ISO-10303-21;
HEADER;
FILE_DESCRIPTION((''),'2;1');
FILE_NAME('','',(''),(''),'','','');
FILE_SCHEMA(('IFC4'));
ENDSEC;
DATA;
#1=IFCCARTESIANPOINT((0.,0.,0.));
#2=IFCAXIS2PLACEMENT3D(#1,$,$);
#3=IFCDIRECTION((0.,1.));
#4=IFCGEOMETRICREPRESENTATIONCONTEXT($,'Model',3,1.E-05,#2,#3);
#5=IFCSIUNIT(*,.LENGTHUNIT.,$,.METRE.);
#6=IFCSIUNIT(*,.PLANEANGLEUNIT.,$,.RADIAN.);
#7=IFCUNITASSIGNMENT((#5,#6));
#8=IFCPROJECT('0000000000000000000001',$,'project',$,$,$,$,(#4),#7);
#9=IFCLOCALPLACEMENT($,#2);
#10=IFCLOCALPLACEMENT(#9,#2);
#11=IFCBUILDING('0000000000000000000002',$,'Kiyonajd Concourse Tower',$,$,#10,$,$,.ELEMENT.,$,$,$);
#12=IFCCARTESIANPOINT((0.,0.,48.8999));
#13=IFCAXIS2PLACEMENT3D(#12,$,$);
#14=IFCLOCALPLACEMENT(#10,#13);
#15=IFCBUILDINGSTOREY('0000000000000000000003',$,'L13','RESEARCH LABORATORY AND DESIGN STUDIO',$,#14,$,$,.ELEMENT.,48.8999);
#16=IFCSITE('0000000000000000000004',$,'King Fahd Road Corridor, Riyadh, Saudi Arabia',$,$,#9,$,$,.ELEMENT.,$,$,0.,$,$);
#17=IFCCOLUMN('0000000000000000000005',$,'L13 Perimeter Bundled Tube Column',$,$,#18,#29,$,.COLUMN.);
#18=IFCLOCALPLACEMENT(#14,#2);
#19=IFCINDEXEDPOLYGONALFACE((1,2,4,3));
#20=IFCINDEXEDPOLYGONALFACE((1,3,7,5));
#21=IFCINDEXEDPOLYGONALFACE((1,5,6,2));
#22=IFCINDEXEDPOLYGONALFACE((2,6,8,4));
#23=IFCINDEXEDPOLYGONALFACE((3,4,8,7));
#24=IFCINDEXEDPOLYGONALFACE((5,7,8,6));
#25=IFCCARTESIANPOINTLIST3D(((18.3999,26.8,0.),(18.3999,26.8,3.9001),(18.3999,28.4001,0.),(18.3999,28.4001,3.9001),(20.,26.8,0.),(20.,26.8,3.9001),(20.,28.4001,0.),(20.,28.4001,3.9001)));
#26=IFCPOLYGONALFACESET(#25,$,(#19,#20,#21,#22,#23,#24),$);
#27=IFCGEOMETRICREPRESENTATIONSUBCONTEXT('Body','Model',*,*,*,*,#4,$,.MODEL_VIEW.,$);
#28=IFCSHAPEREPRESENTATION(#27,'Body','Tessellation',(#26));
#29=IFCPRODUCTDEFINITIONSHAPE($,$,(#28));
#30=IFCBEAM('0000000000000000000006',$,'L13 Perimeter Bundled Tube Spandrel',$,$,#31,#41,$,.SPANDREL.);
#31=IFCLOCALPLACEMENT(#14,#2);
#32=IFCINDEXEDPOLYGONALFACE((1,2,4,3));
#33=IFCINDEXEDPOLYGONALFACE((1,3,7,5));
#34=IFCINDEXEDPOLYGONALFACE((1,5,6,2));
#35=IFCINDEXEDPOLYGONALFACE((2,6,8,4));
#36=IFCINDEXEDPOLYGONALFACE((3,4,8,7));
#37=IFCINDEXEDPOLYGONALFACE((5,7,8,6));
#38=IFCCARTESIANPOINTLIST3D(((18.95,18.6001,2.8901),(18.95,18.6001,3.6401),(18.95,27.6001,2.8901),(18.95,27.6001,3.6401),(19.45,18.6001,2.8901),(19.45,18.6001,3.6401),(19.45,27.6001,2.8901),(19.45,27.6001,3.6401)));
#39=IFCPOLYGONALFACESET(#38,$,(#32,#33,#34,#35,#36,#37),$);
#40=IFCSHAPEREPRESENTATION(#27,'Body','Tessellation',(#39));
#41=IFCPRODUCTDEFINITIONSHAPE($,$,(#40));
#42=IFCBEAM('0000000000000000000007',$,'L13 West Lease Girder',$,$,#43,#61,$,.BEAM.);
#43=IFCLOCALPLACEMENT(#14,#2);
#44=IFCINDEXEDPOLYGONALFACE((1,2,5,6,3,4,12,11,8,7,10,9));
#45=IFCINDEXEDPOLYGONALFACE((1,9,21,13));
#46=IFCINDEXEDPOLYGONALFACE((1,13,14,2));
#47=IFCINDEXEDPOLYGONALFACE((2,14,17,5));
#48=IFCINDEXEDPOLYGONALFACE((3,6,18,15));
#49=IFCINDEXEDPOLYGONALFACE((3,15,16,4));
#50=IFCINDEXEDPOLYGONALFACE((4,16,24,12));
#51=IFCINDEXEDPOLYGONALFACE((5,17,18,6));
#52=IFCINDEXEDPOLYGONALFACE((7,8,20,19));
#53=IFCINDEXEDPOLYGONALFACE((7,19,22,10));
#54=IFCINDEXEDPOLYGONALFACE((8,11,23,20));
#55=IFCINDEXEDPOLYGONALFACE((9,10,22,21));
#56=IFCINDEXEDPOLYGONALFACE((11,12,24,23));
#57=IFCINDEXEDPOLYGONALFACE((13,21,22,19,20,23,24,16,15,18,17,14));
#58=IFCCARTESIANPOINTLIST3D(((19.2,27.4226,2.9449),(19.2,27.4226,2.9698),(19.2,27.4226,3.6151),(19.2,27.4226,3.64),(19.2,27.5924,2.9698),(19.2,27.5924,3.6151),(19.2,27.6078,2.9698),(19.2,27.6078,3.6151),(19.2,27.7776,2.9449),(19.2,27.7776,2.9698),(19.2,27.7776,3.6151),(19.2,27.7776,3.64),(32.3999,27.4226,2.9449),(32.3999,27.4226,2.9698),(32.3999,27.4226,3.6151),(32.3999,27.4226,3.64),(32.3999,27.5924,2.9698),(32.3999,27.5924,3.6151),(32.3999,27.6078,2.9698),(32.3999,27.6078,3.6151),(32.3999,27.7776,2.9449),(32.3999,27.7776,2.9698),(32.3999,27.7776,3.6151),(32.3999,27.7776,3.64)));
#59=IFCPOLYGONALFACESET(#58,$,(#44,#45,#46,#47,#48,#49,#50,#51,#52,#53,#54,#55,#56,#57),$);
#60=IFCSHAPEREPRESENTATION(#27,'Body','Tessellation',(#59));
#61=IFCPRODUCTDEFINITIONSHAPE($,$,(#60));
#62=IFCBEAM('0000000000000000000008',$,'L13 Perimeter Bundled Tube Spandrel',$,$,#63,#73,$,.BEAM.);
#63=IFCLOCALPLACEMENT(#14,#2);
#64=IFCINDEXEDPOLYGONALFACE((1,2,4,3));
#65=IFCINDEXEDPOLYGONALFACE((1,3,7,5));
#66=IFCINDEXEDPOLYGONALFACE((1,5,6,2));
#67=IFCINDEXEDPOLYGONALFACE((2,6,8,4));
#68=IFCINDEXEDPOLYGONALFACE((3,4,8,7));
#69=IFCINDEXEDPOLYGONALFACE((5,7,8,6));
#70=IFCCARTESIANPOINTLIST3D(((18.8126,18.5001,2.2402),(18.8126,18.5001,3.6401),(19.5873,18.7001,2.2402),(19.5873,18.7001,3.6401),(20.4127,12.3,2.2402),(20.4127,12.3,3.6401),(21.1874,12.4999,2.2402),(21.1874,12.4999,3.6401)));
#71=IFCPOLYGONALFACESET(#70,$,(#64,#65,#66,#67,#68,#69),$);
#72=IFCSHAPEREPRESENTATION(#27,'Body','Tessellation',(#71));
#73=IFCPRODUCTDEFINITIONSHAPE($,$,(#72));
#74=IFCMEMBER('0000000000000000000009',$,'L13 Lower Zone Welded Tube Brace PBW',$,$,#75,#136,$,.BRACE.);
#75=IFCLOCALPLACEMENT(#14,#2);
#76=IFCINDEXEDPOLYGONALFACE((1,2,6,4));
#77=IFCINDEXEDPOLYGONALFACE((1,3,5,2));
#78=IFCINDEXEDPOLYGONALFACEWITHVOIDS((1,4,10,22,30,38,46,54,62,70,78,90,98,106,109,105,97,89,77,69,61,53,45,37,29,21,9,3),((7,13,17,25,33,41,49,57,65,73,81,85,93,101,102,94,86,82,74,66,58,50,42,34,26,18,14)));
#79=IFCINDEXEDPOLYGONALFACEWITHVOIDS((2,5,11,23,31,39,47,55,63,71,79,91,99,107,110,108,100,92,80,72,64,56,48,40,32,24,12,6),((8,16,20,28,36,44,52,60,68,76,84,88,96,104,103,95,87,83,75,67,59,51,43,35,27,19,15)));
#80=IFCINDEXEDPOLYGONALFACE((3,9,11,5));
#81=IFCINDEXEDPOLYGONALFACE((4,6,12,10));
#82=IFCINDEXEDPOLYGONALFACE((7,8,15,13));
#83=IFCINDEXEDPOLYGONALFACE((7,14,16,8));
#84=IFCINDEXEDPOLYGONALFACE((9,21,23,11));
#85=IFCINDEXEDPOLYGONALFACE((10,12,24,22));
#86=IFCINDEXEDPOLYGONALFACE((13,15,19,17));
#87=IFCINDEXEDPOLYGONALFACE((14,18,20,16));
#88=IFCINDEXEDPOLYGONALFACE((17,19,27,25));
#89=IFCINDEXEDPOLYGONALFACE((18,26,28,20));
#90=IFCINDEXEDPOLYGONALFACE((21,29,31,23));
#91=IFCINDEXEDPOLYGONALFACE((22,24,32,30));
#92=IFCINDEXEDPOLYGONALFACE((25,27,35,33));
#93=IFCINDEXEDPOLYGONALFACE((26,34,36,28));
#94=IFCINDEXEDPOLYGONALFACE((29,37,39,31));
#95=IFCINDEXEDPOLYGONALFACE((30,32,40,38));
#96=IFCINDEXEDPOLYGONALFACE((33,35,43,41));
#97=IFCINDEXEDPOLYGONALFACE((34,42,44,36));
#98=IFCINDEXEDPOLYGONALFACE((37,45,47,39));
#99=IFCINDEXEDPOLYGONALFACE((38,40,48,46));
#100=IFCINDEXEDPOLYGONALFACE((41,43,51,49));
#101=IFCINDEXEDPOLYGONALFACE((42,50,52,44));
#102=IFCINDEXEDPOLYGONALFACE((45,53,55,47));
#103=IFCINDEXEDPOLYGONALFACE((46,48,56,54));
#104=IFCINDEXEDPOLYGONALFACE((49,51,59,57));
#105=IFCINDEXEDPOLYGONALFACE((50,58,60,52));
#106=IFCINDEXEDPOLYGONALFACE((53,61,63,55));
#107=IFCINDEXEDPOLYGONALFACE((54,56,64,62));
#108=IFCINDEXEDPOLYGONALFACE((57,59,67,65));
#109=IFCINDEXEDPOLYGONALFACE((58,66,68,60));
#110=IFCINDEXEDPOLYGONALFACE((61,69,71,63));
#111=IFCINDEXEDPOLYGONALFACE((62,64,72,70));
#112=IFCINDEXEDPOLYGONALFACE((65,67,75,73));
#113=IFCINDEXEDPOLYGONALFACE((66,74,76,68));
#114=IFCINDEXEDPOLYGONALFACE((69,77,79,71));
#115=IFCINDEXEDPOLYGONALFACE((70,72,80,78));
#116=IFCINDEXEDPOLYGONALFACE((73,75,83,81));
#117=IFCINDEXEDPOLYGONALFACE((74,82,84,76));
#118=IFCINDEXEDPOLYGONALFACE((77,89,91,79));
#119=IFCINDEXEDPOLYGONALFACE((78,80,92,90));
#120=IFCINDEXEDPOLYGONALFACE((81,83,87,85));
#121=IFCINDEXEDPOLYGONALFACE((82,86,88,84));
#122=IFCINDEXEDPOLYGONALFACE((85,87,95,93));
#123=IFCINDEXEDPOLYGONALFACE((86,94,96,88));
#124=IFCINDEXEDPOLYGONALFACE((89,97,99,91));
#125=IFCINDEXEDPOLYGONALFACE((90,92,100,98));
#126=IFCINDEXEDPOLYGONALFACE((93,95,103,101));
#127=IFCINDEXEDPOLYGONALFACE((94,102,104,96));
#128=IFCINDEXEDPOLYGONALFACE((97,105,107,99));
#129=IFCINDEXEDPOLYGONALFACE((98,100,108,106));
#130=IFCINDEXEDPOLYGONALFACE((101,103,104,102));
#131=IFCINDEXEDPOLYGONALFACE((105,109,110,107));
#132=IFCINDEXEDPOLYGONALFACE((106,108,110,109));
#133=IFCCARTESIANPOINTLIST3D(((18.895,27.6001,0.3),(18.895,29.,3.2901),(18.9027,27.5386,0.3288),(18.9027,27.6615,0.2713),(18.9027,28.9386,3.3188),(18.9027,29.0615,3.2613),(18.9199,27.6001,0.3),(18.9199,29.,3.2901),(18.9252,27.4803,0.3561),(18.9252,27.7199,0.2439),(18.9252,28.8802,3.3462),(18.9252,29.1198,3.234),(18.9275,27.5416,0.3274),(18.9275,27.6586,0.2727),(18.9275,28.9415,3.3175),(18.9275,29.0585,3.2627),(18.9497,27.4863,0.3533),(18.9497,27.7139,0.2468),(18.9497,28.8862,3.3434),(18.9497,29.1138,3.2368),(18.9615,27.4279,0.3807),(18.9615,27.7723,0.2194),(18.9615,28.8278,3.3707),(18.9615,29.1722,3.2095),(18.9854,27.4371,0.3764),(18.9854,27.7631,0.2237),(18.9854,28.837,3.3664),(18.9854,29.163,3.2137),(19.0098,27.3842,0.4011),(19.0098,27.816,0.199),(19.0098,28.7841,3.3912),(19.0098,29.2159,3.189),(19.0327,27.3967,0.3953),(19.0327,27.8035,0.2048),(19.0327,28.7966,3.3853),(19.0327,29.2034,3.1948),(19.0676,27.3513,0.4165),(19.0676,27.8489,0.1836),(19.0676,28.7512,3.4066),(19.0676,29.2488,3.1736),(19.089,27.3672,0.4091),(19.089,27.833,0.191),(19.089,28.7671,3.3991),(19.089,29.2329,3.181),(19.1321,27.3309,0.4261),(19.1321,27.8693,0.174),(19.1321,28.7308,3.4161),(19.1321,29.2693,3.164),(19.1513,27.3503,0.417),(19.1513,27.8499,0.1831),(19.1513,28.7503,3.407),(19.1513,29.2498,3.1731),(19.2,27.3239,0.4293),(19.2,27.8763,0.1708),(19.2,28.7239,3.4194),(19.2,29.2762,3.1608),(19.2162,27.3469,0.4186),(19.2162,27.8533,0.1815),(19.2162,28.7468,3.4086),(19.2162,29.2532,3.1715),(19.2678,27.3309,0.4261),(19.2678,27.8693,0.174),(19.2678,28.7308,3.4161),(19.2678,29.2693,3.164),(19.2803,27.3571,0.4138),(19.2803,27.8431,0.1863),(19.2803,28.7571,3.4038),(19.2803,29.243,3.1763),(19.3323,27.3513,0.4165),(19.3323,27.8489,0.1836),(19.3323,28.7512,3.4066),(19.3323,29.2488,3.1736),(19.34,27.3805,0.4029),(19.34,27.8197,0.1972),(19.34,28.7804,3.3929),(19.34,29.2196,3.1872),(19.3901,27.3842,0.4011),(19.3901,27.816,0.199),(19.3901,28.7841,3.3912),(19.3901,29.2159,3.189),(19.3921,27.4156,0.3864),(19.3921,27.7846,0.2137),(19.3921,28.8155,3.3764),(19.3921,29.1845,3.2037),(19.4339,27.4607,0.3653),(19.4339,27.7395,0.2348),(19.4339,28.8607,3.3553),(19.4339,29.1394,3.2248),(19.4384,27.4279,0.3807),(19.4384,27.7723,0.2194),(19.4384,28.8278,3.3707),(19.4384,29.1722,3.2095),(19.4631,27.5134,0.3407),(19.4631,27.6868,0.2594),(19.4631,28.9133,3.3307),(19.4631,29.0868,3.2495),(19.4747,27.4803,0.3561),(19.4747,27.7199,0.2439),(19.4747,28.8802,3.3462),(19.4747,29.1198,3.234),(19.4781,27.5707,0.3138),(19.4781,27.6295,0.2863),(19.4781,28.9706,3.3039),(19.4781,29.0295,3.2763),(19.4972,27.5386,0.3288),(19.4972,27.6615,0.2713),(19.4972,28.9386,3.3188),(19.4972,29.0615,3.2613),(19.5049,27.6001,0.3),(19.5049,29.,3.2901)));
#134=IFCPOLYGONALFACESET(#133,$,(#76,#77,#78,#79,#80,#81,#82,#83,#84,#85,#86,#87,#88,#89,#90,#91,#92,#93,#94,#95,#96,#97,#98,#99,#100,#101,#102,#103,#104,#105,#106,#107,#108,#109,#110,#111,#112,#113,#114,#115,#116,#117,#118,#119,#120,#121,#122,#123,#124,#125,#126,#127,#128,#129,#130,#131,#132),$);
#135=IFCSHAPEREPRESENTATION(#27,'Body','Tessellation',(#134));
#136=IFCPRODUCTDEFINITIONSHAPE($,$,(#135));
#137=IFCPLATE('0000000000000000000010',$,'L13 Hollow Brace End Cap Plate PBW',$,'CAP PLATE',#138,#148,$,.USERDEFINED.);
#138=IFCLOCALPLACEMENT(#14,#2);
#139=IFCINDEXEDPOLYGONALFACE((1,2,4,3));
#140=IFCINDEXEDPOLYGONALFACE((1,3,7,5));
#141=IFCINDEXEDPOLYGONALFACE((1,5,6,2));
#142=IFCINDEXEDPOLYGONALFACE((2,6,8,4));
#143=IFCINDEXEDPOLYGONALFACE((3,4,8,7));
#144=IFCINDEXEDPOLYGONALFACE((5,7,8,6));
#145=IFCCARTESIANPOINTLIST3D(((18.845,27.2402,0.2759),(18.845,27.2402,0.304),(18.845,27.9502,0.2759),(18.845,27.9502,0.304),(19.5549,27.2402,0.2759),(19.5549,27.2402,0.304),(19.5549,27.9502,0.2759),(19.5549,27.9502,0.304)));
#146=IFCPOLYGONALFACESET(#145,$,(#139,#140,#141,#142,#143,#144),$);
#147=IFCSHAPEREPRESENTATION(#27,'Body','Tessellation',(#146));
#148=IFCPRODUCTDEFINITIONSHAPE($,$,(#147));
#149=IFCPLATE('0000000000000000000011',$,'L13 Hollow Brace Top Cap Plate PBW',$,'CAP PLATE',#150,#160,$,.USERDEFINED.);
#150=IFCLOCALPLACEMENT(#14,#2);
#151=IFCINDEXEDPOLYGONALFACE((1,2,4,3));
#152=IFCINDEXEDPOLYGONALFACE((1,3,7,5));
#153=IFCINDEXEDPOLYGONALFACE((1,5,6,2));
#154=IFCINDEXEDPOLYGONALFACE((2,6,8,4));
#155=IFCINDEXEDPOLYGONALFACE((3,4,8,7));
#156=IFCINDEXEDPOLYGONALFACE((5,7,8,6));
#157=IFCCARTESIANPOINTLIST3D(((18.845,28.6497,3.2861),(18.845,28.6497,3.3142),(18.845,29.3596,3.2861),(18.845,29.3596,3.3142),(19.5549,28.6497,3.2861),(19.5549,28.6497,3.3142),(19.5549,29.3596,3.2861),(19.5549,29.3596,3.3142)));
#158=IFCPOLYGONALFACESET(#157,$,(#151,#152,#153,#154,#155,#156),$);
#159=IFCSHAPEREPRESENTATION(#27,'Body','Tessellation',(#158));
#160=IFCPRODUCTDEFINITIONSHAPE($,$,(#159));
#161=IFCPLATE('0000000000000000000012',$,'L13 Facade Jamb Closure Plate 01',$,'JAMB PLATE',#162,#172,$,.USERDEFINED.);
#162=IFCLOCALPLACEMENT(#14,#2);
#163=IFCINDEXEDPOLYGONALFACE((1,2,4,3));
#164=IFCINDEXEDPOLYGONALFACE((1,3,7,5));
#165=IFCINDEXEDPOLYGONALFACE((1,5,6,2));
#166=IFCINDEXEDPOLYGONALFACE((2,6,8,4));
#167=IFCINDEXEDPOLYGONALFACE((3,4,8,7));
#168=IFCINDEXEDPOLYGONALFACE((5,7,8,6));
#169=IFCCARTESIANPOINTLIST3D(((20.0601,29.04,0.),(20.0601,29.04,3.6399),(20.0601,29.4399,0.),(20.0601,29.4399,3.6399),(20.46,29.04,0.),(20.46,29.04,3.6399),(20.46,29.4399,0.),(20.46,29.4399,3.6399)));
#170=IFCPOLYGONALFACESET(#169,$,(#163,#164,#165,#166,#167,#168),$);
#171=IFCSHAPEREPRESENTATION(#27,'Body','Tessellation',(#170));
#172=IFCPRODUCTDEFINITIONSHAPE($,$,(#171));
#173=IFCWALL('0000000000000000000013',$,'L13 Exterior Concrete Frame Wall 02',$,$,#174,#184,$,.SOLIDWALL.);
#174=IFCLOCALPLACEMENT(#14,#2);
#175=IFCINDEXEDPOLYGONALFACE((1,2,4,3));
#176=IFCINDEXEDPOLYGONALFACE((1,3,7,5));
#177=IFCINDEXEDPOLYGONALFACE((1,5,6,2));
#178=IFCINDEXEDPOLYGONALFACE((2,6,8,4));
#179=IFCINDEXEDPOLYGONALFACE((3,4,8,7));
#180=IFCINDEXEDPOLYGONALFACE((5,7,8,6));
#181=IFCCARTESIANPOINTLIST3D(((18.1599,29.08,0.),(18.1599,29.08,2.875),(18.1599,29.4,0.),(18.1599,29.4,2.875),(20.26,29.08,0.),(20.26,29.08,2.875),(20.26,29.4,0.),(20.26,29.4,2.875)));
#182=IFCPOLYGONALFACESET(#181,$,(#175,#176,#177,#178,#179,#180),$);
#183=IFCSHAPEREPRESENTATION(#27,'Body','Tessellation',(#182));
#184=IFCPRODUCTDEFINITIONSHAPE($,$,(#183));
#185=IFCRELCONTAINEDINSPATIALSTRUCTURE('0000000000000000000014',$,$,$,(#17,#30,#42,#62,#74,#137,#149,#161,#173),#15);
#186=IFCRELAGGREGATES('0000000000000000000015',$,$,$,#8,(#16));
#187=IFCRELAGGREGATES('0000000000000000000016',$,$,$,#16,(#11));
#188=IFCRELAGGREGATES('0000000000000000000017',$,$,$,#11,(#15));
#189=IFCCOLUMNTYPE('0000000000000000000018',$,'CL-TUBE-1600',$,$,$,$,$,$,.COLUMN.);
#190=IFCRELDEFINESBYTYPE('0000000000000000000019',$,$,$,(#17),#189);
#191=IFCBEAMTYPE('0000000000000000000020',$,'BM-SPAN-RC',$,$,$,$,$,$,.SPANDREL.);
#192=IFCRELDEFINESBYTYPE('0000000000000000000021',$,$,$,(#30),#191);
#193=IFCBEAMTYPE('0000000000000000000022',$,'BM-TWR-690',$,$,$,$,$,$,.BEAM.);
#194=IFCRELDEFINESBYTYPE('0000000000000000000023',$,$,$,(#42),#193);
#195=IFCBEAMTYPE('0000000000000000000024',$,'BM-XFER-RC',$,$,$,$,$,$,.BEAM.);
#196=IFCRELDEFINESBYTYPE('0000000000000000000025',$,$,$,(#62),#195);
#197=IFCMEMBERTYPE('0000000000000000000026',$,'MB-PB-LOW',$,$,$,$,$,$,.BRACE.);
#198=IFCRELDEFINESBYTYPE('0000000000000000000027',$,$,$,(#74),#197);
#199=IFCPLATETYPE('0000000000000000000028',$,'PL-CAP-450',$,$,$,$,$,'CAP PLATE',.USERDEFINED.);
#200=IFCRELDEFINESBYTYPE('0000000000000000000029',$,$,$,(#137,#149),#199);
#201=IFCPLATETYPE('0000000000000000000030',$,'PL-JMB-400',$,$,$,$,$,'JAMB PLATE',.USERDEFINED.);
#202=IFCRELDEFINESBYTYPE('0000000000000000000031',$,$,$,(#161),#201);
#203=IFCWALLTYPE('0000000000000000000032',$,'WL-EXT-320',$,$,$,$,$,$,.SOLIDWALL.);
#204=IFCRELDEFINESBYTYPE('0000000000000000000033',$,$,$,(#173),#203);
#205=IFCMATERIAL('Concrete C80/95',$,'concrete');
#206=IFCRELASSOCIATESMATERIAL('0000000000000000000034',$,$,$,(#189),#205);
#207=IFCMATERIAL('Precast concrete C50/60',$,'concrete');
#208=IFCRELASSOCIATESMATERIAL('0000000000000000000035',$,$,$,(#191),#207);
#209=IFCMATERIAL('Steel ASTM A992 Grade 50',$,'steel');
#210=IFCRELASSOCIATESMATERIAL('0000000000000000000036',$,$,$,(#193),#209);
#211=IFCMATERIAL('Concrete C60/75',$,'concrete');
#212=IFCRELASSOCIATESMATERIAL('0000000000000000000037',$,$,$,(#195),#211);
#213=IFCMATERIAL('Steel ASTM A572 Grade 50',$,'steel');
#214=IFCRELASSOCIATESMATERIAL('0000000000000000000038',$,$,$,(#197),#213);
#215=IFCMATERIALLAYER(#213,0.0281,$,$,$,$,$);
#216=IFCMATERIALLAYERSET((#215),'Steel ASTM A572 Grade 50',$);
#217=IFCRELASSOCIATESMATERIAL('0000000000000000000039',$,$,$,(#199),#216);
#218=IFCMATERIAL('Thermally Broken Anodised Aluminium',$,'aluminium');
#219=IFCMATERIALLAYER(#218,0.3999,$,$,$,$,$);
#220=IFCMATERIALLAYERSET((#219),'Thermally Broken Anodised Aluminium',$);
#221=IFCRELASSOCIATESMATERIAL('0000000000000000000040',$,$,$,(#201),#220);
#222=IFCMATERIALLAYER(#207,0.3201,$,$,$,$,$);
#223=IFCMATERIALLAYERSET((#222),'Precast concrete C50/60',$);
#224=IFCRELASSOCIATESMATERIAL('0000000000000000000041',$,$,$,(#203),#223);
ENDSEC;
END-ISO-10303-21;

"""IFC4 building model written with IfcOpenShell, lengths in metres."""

from ifc_helpers import new_model, si_unit, direction, frame, frame_2d, origin, origin_2d, place, context, subcontext, project, spatial, rectangle, hollow_circle, i_section, extrude, material, layer, layer_set, material_profile, profile_set, type_object, element, save


model = new_model("IFC4")

# Units and contexts
model_context = context("Model", 3, precision=1e-05, world=origin(), true_north=direction((0.0, 1.0)))
body_context = subcontext(model_context, "Body", "Model", "MODEL_VIEW")
ifc_project = project(units=[si_unit("LENGTHUNIT", "METRE"), si_unit("PLANEANGLEUNIT", "RADIAN")], contexts=[model_context])

# Site, building, storey
site_placement = place(None, origin())
site = spatial("IfcSite", under=ifc_project, at=site_placement, Name="King Fahd Road Corridor, Riyadh, Saudi Arabia", CompositionType="ELEMENT", RefElevation=0.0)
building_placement = place(site_placement, origin())
building = spatial("IfcBuilding", under=site, at=building_placement, Name="Kiyonajd Concourse Tower", CompositionType="ELEMENT")
storey_placement = place(building_placement, frame((0.0, 0.0, 48.8999)))
storey = spatial("IfcBuildingStorey", under=building, at=storey_placement, Name="L13", Description="RESEARCH LABORATORY AND DESIGN STUDIO", CompositionType="ELEMENT", Elevation=48.8999)

# Column
ifc_material_1 = material(Name="Concrete C80/95", Category="concrete")
ifc_material_profile_1 = material_profile(ifc_material_1, rectangle(XDim=1.6001, YDim=1.6001, at=origin_2d()), Name="RC-1600x1600")
ifc_profile_set_1 = profile_set([ifc_material_profile_1], Name="Concrete C80/95")
column_type = type_object("IfcColumnType", Name="CL-TUBE-1600", PredefinedType="COLUMN", material=ifc_profile_set_1)
column_placement = place(storey_placement, frame((19.2, 27.6001, 0.0), z_axis=(0.0, 0.0, 1.0), x_axis=(1.0, 0.0, 0.0)))
element("IfcColumn", 1, at=column_placement, inside=storey, type_object=column_type, Name="L13 Perimeter Bundled Tube Column", PredefinedType="COLUMN", context=body_context, shape_type="SweptSolid", body=[
    extrude(rectangle(XDim=1.6001, YDim=1.6001, at=origin_2d()), origin(), (0.0, 0.0, 1.0), 3.9001),
])

# Beams
ifc_material_2 = material(Name="Precast concrete C50/60", Category="concrete")
ifc_material_profile_2 = material_profile(ifc_material_2, rectangle(XDim=0.5, YDim=0.75, at=origin_2d()), Name="RCBM-500x750")
ifc_profile_set_2 = profile_set([ifc_material_profile_2], Name="Precast concrete C50/60")
beam_type_1 = type_object("IfcBeamType", Name="BM-SPAN-RC", PredefinedType="SPANDREL", material=ifc_profile_set_2)
beam_1_placement = place(storey_placement, frame((19.2, 27.6001, 3.2651), z_axis=(0.0, -1.0, 0.0), x_axis=(1.0, 0.0, 0.0)))
element("IfcBeam", 2, at=beam_1_placement, inside=storey, type_object=beam_type_1, Name="L13 Perimeter Bundled Tube Spandrel", PredefinedType="SPANDREL", context=body_context, shape_type="SweptSolid", body=[
    extrude(rectangle(XDim=0.5, YDim=0.75, at=origin_2d()), origin(), (0.0, 0.0, 1.0), 9.0),
])
ifc_material_3 = material(Name="Steel ASTM A992 Grade 50", Category="steel")
ifc_material_profile_3 = material_profile(ifc_material_3, i_section(OverallWidth=0.355, OverallDepth=0.6951, WebThickness=0.0154, FlangeThickness=0.0249, at=origin_2d()), Name="W690X217")
ifc_profile_set_3 = profile_set([ifc_material_profile_3], Name="Steel ASTM A992 Grade 50")
beam_type_2 = type_object("IfcBeamType", Name="BM-TWR-690", PredefinedType="BEAM", material=ifc_profile_set_3)
beam_2_placement = place(storey_placement, frame((19.2, 27.6001, 3.2925), z_axis=(1.0, 0.0, 0.0), x_axis=(0.0, 1.0, 0.0)))
element("IfcBeam", 3, at=beam_2_placement, inside=storey, type_object=beam_type_2, Name="L13 West Lease Girder", PredefinedType="BEAM", context=body_context, shape_type="SweptSolid", body=[
    extrude(i_section(OverallWidth=0.355, OverallDepth=0.6951, WebThickness=0.0154, FlangeThickness=0.0249, at=origin_2d()), origin(), (0.0, 0.0, 1.0), 13.2),
])
ifc_material_4 = material(Name="Concrete C60/75", Category="concrete")
ifc_material_profile_4 = material_profile(ifc_material_4, rectangle(XDim=0.8, YDim=1.3999, at=origin_2d()), Name="RCBM-800x1400")
ifc_profile_set_4 = profile_set([ifc_material_profile_4], Name="Concrete C60/75")
beam_type_3 = type_object("IfcBeamType", Name="BM-XFER-RC", PredefinedType="BEAM", material=ifc_profile_set_4)
beam_3_placement = place(storey_placement, frame((19.2, 18.6001, 2.9402), z_axis=(0.249885, -0.968276, 0.0), x_axis=(0.968276, 0.249885, 0.0)))
element("IfcBeam", 4, at=beam_3_placement, inside=storey, type_object=beam_type_3, Name="L13 Perimeter Bundled Tube Spandrel", PredefinedType="BEAM", context=body_context, shape_type="SweptSolid", body=[
    extrude(rectangle(XDim=0.8, YDim=1.3999, at=origin_2d()), origin(), (0.0, 0.0, 1.0), 6.4033),
])

# Member
ifc_material_5 = material(Name="Steel ASTM A572 Grade 50", Category="steel")
ifc_material_profile_5 = material_profile(ifc_material_5, hollow_circle(Radius=0.3049, WallThickness=0.0249, at=origin_2d()), Name="CHS-610x25")
ifc_profile_set_5 = profile_set([ifc_material_profile_5], Name="Steel ASTM A572 Grade 50")
member_type = type_object("IfcMemberType", Name="MB-PB-LOW", PredefinedType="BRACE", material=ifc_profile_set_5)
member_placement = place(storey_placement, frame((19.2, 27.6001, 0.3), z_axis=(0.0, 0.424023, 0.905652), x_axis=(-1.0, 0.0, 0.0)))
element("IfcMember", 5, at=member_placement, inside=storey, type_object=member_type, Name="L13 Lower Zone Welded Tube Brace PBW", PredefinedType="BRACE", context=body_context, shape_type="SweptSolid", body=[
    extrude(hollow_circle(Radius=0.3049, WallThickness=0.0249, at=origin_2d()), origin(), (0.0, 0.0, 1.0), 3.3015),
])

# Plates
ifc_layer_1 = layer(ifc_material_5, 0.0281)
ifc_layer_set_1 = layer_set([ifc_layer_1], Name="Steel ASTM A572 Grade 50")
plate_type_1 = type_object("IfcPlateType", Name="PL-CAP-450", ElementType="CAP PLATE", PredefinedType="USERDEFINED", material=ifc_layer_set_1)
for number, where, z_axis, x_axis, name in (
    (6, (19.2, 27.5952, 0.2759), (0.0, 0.0, 1.0), (1.0, 0.0, 0.0), "L13 Hollow Brace End Cap Plate PBW"),
    (7, (19.2, 29.0046, 3.2861), (0.0, 0.0, 1.0), (1.0, 0.0, 0.0), "L13 Hollow Brace Top Cap Plate PBW"),
):
    element("IfcPlate", number, at=place(storey_placement, frame(where, z_axis=z_axis, x_axis=x_axis)), inside=storey, type_object=plate_type_1, Name=name, ObjectType="CAP PLATE", PredefinedType="USERDEFINED", context=body_context, shape_type="SweptSolid", body=[
        extrude(rectangle(XDim=0.71, YDim=0.71, at=origin_2d()), origin(), (0.0, 0.0, 1.0), 0.0281),
    ])
ifc_material_6 = material(Name="Thermally Broken Anodised Aluminium", Category="aluminium")
ifc_layer_2 = layer(ifc_material_6, 0.3999)
ifc_layer_set_2 = layer_set([ifc_layer_2], Name="Thermally Broken Anodised Aluminium")
plate_type_2 = type_object("IfcPlateType", Name="PL-JMB-400", ElementType="JAMB PLATE", PredefinedType="USERDEFINED", material=ifc_layer_set_2)
plate_placement = place(storey_placement, frame((20.26, 29.24, 0.0), z_axis=(0.0, 0.0, 1.0), x_axis=(1.0, 0.0, 0.0)))
element("IfcPlate", 8, at=plate_placement, inside=storey, type_object=plate_type_2, Name="L13 Facade Jamb Closure Plate 01", ObjectType="JAMB PLATE", PredefinedType="USERDEFINED", context=body_context, shape_type="SweptSolid", body=[
    extrude(rectangle(XDim=0.3999, YDim=0.3999, at=origin_2d()), origin(), (0.0, 0.0, 1.0), 3.6399),
])

# Wall
ifc_layer_3 = layer(ifc_material_2, 0.3201)
ifc_layer_set_3 = layer_set([ifc_layer_3], Name="Precast concrete C50/60")
wall_type_1 = type_object("IfcWallType", Name="WL-EXT-320", PredefinedType="SOLIDWALL", material=ifc_layer_set_3)
wall_1_placement = place(storey_placement, frame((18.1599, 29.24, 0.0), z_axis=(0.0, 0.0, 1.0), x_axis=(1.0, 0.0, 0.0)))
element("IfcWall", 9, at=wall_1_placement, inside=storey, type_object=wall_type_1, Name="L13 Exterior Concrete Frame Wall 02", PredefinedType="SOLIDWALL", context=body_context, shape_type="SweptSolid", body=[
    extrude(rectangle(XDim=2.1001, YDim=0.3201, at=frame_2d((1.05, 0.0))), origin(), (0.0, 0.0, 1.0), 2.875),
])

save(model, "model.ifc")
